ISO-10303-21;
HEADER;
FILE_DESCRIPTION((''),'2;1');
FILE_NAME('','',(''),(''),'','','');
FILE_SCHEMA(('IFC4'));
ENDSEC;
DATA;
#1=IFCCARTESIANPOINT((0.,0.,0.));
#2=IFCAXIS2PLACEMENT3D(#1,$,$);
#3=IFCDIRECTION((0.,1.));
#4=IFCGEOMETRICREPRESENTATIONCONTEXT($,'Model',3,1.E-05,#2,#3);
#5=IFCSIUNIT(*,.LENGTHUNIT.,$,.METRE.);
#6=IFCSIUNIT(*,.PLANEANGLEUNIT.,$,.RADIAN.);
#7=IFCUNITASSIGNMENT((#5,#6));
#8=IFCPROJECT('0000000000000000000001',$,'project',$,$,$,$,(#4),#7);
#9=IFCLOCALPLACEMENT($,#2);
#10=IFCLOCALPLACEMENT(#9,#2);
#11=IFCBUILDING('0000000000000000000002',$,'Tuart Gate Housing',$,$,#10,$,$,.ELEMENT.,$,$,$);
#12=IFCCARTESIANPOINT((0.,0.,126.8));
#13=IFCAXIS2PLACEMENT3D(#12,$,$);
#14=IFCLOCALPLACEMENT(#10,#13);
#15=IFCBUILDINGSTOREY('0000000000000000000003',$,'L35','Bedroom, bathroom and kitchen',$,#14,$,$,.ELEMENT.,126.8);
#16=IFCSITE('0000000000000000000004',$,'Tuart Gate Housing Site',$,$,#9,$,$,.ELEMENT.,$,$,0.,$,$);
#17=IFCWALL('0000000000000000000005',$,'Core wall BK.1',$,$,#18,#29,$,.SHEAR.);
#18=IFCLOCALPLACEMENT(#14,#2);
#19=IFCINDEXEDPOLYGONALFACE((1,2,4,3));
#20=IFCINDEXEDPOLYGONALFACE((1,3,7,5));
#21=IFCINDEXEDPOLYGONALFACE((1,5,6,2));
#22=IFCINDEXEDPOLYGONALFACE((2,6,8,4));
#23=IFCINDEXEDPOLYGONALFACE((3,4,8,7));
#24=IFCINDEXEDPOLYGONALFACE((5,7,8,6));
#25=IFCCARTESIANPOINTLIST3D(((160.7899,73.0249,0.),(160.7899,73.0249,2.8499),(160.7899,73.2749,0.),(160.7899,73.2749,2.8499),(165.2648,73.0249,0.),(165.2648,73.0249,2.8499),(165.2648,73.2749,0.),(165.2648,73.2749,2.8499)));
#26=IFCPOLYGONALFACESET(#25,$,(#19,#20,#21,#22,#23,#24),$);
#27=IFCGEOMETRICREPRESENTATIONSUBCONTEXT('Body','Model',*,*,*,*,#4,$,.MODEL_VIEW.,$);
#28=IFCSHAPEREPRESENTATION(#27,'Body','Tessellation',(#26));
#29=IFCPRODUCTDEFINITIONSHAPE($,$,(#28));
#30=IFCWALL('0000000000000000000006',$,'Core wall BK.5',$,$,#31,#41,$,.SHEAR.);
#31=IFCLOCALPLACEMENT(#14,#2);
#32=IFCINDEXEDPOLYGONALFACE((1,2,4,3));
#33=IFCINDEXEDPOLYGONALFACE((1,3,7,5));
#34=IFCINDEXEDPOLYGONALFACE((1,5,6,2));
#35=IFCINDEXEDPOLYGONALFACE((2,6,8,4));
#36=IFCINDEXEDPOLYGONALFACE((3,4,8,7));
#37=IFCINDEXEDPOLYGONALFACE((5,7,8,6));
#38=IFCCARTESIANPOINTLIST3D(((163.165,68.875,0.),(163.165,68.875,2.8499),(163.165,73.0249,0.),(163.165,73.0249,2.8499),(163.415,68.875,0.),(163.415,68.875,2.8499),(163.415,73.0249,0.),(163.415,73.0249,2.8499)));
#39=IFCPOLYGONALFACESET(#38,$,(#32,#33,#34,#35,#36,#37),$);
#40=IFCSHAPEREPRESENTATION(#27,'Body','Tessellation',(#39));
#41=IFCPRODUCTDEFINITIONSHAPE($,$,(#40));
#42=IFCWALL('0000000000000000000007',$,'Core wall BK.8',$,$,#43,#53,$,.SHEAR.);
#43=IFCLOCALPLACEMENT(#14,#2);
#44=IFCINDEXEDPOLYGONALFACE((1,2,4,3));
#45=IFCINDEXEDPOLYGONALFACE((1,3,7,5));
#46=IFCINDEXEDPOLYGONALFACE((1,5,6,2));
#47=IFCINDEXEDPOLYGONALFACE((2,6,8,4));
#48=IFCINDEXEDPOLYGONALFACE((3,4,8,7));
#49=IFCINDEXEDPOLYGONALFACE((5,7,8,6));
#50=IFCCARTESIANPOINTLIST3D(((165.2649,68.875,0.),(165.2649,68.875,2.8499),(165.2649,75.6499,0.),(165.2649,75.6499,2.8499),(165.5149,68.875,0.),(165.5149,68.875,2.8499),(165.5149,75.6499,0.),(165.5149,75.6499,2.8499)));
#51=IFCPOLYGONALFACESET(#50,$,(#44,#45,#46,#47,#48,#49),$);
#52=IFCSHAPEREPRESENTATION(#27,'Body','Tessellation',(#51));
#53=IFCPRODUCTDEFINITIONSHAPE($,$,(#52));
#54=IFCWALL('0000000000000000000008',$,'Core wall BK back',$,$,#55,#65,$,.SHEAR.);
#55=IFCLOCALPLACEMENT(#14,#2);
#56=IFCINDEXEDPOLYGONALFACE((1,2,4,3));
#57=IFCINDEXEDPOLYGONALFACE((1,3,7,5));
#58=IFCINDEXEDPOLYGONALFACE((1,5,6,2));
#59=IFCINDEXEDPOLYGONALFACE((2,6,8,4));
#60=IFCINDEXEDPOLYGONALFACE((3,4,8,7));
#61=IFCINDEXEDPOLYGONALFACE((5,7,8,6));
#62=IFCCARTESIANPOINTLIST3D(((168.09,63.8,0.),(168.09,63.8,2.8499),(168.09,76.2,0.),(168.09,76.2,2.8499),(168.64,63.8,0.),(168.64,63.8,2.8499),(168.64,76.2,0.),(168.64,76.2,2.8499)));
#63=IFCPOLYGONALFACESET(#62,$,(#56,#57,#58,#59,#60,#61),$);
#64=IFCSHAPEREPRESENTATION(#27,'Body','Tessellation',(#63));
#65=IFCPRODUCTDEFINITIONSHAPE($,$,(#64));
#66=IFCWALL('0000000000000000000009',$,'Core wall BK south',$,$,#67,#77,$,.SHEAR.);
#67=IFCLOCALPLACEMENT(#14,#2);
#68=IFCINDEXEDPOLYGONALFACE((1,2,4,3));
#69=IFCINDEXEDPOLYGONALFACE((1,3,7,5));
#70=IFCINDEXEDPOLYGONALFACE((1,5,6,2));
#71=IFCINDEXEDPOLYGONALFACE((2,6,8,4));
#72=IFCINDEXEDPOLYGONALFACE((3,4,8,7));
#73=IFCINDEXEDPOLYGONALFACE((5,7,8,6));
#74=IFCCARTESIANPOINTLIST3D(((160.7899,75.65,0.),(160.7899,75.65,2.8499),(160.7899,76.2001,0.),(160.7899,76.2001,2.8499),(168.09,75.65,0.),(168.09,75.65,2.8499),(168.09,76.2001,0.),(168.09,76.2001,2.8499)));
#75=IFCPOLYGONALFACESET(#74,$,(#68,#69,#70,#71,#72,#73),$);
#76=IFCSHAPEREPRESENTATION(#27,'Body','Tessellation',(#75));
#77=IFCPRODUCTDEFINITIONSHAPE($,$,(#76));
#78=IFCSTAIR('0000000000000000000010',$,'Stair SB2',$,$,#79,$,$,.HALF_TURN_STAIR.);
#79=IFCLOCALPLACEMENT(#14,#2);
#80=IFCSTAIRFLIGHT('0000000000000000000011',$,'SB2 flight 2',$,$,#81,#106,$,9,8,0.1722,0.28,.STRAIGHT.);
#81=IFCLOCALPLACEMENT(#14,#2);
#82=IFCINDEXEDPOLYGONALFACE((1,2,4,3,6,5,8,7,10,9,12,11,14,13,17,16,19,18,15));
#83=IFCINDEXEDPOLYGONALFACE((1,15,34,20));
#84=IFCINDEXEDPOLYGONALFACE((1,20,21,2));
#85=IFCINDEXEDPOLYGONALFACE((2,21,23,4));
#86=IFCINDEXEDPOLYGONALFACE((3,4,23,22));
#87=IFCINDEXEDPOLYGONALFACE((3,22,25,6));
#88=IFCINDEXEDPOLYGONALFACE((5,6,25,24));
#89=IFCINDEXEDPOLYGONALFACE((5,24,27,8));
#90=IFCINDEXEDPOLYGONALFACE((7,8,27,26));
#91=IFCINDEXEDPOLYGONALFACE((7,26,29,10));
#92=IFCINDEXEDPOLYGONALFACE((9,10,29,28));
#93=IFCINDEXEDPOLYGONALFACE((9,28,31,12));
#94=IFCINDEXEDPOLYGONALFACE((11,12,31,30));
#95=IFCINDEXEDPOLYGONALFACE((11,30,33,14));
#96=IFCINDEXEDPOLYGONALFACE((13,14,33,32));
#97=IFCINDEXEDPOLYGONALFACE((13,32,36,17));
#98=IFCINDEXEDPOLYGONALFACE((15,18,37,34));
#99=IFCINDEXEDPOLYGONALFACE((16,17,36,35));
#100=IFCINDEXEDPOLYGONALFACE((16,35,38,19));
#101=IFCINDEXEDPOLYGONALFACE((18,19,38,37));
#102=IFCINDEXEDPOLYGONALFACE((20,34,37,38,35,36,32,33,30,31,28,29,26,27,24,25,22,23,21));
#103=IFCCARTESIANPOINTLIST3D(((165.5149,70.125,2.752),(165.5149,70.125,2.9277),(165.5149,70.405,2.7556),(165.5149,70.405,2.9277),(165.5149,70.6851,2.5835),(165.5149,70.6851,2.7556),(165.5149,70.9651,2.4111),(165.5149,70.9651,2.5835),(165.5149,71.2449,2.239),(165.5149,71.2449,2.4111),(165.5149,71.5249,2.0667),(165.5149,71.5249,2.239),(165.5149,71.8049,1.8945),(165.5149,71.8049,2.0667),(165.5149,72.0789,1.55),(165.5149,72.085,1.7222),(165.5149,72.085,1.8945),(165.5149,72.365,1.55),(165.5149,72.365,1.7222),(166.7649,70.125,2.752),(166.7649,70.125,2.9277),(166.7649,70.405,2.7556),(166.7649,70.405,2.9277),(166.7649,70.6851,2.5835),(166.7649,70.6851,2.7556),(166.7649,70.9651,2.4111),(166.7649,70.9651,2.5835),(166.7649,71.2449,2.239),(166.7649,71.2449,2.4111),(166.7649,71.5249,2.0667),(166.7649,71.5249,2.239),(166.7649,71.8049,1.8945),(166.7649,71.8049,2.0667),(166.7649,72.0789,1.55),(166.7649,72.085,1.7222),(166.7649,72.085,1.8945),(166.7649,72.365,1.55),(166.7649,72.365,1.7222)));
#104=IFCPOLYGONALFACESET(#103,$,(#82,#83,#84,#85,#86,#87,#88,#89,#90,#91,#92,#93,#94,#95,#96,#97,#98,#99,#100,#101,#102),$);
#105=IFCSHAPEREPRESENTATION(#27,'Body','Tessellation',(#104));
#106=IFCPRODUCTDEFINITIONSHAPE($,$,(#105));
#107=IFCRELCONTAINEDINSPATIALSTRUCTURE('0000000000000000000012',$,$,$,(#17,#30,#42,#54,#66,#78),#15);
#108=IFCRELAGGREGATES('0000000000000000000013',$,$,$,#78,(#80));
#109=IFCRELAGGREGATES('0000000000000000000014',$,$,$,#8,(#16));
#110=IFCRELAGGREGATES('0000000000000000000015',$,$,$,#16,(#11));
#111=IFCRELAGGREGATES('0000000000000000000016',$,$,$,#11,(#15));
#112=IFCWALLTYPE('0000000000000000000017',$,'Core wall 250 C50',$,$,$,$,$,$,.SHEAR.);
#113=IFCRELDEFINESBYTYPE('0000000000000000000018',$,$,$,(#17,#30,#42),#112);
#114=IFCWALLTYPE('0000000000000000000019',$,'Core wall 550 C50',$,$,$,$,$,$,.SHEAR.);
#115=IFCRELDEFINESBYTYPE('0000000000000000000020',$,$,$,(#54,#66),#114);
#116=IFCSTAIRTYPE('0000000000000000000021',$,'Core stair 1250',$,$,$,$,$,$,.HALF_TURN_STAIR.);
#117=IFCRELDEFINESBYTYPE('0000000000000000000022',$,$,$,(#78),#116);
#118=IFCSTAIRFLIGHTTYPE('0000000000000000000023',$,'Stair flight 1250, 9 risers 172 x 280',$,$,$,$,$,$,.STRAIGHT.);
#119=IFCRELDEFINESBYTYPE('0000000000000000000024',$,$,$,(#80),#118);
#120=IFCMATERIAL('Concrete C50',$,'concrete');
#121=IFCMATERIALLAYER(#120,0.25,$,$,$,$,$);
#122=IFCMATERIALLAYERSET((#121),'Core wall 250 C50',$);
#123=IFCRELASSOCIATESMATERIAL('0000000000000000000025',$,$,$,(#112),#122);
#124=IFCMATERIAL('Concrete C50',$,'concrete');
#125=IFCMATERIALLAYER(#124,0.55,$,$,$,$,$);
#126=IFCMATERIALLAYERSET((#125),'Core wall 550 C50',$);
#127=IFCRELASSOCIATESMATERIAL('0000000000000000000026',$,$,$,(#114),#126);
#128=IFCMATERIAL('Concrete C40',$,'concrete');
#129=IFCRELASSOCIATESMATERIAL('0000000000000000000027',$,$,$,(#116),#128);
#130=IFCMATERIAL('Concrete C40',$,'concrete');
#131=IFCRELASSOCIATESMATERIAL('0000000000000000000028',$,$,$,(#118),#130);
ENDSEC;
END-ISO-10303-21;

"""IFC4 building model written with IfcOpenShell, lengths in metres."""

from ifc_helpers import new_model, si_unit, direction, frame, frame_2d, origin, place, context, subcontext, project, spatial, polyline, rectangle, outline, extrude, material, layer, layer_set, type_object, element, aggregate, save


model = new_model("IFC4")

# Units and contexts
model_context = context("Model", 3, precision=1e-05, world=origin(), true_north=direction((0.0, 1.0)))
body_context = subcontext(model_context, "Body", "Model", "MODEL_VIEW")
ifc_project = project(units=[si_unit("LENGTHUNIT", "METRE"), si_unit("PLANEANGLEUNIT", "RADIAN")], contexts=[model_context])

# Site, building, storey
site_placement = place(None, origin())
site = spatial("IfcSite", under=ifc_project, at=site_placement, Name="Tuart Gate Housing Site", CompositionType="ELEMENT", RefElevation=0.0)
building_placement = place(site_placement, origin())
building = spatial("IfcBuilding", under=site, at=building_placement, Name="Tuart Gate Housing", CompositionType="ELEMENT")
storey_placement = place(building_placement, frame((0.0, 0.0, 126.8)))
storey = spatial("IfcBuildingStorey", under=building, at=storey_placement, Name="L35", Description="Bedroom, bathroom and kitchen", CompositionType="ELEMENT", Elevation=126.8)

# Walls
ifc_material_1 = material(Name="Concrete C50", Category="concrete")
ifc_layer_1 = layer(ifc_material_1, 0.25)
ifc_layer_set_1 = layer_set([ifc_layer_1], Name="Core wall 250 C50")
wall_type_1 = type_object("IfcWallType", Name="Core wall 250 C50", PredefinedType="SHEAR", material=ifc_layer_set_1)
wall_1_placement = place(storey_placement, frame((160.79, 73.1499, 0.0), z_axis=(0.0, 0.0, 1.0), x_axis=(1.0, 0.0, 0.0)))
element("IfcWall", 1, at=wall_1_placement, inside=storey, type_object=wall_type_1, Name="Core wall BK.1", PredefinedType="SHEAR", context=body_context, shape_type="SweptSolid", body=[
    extrude(rectangle(XDim=4.4749, YDim=0.25, at=frame_2d((2.2373, 0.0))), origin(), (0.0, 0.0, 1.0), 2.8499),
])
wall_2_placement = place(storey_placement, frame((163.29, 73.0249, 0.0), z_axis=(0.0, 0.0, 1.0), x_axis=(0.0, -1.0, 0.0)))
element("IfcWall", 2, at=wall_2_placement, inside=storey, type_object=wall_type_1, Name="Core wall BK.5", PredefinedType="SHEAR", context=body_context, shape_type="SweptSolid", body=[
    extrude(rectangle(XDim=4.1499, YDim=0.25, at=frame_2d((2.075, 0.0))), origin(), (0.0, 0.0, 1.0), 2.8499),
])
wall_3_placement = place(storey_placement, frame((165.3899, 75.6499, 0.0), z_axis=(0.0, 0.0, 1.0), x_axis=(0.0, -1.0, 0.0)))
element("IfcWall", 3, at=wall_3_placement, inside=storey, type_object=wall_type_1, Name="Core wall BK.8", PredefinedType="SHEAR", context=body_context, shape_type="SweptSolid", body=[
    extrude(rectangle(XDim=6.7749, YDim=0.25, at=frame_2d((3.3875, 0.0))), origin(), (0.0, 0.0, 1.0), 2.8499),
])
ifc_material_2 = material(Name="Concrete C50", Category="concrete")
ifc_layer_2 = layer(ifc_material_2, 0.55)
ifc_layer_set_2 = layer_set([ifc_layer_2], Name="Core wall 550 C50")
wall_type_2 = type_object("IfcWallType", Name="Core wall 550 C50", PredefinedType="SHEAR", material=ifc_layer_set_2)
wall_4_placement = place(storey_placement, frame((168.365, 76.2, 0.0), z_axis=(0.0, 0.0, 1.0), x_axis=(0.0, -1.0, 0.0)))
element("IfcWall", 4, at=wall_4_placement, inside=storey, type_object=wall_type_2, Name="Core wall BK back", PredefinedType="SHEAR", context=body_context, shape_type="SweptSolid", body=[
    extrude(rectangle(XDim=12.3999, YDim=0.55, at=frame_2d((6.2, 0.0))), origin(), (0.0, 0.0, 1.0), 2.8499),
])
wall_5_placement = place(storey_placement, frame((160.79, 75.925, 0.0), z_axis=(0.0, 0.0, 1.0), x_axis=(1.0, 0.0, 0.0)))
element("IfcWall", 5, at=wall_5_placement, inside=storey, type_object=wall_type_2, Name="Core wall BK south", PredefinedType="SHEAR", context=body_context, shape_type="SweptSolid", body=[
    extrude(rectangle(XDim=7.3, YDim=0.55, at=frame_2d((3.6499, 0.0))), origin(), (0.0, 0.0, 1.0), 2.8499),
])

# Stair, stair flight
ifc_material_3 = material(Name="Concrete C40", Category="concrete")
stair_type = type_object("IfcStairType", Name="Core stair 1250", PredefinedType="HALF_TURN_STAIR", material=ifc_material_3)
stair_placement = place(storey_placement, origin())
stair = element("IfcStair", 6, at=stair_placement, inside=storey, type_object=stair_type, Name="Stair SB2", PredefinedType="HALF_TURN_STAIR")
ifc_material_4 = material(Name="Concrete C40", Category="concrete")
stair_flight_type = type_object("IfcStairFlightType", Name="Stair flight 1250, 9 risers 172 x 280", PredefinedType="STRAIGHT", material=ifc_material_4)
stair_flight_placement = place(storey_placement, frame((166.1399, 72.365, 1.55), z_axis=(0.0, 0.0, 1.0), x_axis=(0.0, -1.0, 0.0)))
stair_flight = element("IfcStairFlight", 7, at=stair_flight_placement, type_object=stair_flight_type, Name="SB2 flight 2", NumberOfRisers=9, NumberOfTreads=8, PredefinedType="STRAIGHT", RiserHeight=0.1722, TreadLength=0.28, context=body_context, shape_type="SweptSolid", body=[
    extrude(outline(polyline([(0.0, 0.0), (0.0, 0.1721), (0.28, 0.1721), (0.28, 0.3445), (0.5601, 0.3445), (0.5601, 0.5166), (0.8401, 0.5166), (0.8401, 0.689), (1.1201, 0.689), (1.1201, 0.8611), (1.3999, 0.8611), (1.3999, 1.0334), (1.6799, 1.0334), (1.6799, 1.2056), (1.96, 1.2056), (1.96, 1.3777), (2.24, 1.3777), (2.24, 1.55), (2.24, 1.2019), (0.2861, 0.0), (0.0, 0.0)])), frame((0.0, 0.625, 0.0), z_axis=(0.0, -1.0, 0.0), x_axis=(1.0, 0.0, 0.0)), (0.0, 0.0, 1.0), 1.25),
])
aggregate(stair, [stair_flight])

save(model, "model.ifc")
